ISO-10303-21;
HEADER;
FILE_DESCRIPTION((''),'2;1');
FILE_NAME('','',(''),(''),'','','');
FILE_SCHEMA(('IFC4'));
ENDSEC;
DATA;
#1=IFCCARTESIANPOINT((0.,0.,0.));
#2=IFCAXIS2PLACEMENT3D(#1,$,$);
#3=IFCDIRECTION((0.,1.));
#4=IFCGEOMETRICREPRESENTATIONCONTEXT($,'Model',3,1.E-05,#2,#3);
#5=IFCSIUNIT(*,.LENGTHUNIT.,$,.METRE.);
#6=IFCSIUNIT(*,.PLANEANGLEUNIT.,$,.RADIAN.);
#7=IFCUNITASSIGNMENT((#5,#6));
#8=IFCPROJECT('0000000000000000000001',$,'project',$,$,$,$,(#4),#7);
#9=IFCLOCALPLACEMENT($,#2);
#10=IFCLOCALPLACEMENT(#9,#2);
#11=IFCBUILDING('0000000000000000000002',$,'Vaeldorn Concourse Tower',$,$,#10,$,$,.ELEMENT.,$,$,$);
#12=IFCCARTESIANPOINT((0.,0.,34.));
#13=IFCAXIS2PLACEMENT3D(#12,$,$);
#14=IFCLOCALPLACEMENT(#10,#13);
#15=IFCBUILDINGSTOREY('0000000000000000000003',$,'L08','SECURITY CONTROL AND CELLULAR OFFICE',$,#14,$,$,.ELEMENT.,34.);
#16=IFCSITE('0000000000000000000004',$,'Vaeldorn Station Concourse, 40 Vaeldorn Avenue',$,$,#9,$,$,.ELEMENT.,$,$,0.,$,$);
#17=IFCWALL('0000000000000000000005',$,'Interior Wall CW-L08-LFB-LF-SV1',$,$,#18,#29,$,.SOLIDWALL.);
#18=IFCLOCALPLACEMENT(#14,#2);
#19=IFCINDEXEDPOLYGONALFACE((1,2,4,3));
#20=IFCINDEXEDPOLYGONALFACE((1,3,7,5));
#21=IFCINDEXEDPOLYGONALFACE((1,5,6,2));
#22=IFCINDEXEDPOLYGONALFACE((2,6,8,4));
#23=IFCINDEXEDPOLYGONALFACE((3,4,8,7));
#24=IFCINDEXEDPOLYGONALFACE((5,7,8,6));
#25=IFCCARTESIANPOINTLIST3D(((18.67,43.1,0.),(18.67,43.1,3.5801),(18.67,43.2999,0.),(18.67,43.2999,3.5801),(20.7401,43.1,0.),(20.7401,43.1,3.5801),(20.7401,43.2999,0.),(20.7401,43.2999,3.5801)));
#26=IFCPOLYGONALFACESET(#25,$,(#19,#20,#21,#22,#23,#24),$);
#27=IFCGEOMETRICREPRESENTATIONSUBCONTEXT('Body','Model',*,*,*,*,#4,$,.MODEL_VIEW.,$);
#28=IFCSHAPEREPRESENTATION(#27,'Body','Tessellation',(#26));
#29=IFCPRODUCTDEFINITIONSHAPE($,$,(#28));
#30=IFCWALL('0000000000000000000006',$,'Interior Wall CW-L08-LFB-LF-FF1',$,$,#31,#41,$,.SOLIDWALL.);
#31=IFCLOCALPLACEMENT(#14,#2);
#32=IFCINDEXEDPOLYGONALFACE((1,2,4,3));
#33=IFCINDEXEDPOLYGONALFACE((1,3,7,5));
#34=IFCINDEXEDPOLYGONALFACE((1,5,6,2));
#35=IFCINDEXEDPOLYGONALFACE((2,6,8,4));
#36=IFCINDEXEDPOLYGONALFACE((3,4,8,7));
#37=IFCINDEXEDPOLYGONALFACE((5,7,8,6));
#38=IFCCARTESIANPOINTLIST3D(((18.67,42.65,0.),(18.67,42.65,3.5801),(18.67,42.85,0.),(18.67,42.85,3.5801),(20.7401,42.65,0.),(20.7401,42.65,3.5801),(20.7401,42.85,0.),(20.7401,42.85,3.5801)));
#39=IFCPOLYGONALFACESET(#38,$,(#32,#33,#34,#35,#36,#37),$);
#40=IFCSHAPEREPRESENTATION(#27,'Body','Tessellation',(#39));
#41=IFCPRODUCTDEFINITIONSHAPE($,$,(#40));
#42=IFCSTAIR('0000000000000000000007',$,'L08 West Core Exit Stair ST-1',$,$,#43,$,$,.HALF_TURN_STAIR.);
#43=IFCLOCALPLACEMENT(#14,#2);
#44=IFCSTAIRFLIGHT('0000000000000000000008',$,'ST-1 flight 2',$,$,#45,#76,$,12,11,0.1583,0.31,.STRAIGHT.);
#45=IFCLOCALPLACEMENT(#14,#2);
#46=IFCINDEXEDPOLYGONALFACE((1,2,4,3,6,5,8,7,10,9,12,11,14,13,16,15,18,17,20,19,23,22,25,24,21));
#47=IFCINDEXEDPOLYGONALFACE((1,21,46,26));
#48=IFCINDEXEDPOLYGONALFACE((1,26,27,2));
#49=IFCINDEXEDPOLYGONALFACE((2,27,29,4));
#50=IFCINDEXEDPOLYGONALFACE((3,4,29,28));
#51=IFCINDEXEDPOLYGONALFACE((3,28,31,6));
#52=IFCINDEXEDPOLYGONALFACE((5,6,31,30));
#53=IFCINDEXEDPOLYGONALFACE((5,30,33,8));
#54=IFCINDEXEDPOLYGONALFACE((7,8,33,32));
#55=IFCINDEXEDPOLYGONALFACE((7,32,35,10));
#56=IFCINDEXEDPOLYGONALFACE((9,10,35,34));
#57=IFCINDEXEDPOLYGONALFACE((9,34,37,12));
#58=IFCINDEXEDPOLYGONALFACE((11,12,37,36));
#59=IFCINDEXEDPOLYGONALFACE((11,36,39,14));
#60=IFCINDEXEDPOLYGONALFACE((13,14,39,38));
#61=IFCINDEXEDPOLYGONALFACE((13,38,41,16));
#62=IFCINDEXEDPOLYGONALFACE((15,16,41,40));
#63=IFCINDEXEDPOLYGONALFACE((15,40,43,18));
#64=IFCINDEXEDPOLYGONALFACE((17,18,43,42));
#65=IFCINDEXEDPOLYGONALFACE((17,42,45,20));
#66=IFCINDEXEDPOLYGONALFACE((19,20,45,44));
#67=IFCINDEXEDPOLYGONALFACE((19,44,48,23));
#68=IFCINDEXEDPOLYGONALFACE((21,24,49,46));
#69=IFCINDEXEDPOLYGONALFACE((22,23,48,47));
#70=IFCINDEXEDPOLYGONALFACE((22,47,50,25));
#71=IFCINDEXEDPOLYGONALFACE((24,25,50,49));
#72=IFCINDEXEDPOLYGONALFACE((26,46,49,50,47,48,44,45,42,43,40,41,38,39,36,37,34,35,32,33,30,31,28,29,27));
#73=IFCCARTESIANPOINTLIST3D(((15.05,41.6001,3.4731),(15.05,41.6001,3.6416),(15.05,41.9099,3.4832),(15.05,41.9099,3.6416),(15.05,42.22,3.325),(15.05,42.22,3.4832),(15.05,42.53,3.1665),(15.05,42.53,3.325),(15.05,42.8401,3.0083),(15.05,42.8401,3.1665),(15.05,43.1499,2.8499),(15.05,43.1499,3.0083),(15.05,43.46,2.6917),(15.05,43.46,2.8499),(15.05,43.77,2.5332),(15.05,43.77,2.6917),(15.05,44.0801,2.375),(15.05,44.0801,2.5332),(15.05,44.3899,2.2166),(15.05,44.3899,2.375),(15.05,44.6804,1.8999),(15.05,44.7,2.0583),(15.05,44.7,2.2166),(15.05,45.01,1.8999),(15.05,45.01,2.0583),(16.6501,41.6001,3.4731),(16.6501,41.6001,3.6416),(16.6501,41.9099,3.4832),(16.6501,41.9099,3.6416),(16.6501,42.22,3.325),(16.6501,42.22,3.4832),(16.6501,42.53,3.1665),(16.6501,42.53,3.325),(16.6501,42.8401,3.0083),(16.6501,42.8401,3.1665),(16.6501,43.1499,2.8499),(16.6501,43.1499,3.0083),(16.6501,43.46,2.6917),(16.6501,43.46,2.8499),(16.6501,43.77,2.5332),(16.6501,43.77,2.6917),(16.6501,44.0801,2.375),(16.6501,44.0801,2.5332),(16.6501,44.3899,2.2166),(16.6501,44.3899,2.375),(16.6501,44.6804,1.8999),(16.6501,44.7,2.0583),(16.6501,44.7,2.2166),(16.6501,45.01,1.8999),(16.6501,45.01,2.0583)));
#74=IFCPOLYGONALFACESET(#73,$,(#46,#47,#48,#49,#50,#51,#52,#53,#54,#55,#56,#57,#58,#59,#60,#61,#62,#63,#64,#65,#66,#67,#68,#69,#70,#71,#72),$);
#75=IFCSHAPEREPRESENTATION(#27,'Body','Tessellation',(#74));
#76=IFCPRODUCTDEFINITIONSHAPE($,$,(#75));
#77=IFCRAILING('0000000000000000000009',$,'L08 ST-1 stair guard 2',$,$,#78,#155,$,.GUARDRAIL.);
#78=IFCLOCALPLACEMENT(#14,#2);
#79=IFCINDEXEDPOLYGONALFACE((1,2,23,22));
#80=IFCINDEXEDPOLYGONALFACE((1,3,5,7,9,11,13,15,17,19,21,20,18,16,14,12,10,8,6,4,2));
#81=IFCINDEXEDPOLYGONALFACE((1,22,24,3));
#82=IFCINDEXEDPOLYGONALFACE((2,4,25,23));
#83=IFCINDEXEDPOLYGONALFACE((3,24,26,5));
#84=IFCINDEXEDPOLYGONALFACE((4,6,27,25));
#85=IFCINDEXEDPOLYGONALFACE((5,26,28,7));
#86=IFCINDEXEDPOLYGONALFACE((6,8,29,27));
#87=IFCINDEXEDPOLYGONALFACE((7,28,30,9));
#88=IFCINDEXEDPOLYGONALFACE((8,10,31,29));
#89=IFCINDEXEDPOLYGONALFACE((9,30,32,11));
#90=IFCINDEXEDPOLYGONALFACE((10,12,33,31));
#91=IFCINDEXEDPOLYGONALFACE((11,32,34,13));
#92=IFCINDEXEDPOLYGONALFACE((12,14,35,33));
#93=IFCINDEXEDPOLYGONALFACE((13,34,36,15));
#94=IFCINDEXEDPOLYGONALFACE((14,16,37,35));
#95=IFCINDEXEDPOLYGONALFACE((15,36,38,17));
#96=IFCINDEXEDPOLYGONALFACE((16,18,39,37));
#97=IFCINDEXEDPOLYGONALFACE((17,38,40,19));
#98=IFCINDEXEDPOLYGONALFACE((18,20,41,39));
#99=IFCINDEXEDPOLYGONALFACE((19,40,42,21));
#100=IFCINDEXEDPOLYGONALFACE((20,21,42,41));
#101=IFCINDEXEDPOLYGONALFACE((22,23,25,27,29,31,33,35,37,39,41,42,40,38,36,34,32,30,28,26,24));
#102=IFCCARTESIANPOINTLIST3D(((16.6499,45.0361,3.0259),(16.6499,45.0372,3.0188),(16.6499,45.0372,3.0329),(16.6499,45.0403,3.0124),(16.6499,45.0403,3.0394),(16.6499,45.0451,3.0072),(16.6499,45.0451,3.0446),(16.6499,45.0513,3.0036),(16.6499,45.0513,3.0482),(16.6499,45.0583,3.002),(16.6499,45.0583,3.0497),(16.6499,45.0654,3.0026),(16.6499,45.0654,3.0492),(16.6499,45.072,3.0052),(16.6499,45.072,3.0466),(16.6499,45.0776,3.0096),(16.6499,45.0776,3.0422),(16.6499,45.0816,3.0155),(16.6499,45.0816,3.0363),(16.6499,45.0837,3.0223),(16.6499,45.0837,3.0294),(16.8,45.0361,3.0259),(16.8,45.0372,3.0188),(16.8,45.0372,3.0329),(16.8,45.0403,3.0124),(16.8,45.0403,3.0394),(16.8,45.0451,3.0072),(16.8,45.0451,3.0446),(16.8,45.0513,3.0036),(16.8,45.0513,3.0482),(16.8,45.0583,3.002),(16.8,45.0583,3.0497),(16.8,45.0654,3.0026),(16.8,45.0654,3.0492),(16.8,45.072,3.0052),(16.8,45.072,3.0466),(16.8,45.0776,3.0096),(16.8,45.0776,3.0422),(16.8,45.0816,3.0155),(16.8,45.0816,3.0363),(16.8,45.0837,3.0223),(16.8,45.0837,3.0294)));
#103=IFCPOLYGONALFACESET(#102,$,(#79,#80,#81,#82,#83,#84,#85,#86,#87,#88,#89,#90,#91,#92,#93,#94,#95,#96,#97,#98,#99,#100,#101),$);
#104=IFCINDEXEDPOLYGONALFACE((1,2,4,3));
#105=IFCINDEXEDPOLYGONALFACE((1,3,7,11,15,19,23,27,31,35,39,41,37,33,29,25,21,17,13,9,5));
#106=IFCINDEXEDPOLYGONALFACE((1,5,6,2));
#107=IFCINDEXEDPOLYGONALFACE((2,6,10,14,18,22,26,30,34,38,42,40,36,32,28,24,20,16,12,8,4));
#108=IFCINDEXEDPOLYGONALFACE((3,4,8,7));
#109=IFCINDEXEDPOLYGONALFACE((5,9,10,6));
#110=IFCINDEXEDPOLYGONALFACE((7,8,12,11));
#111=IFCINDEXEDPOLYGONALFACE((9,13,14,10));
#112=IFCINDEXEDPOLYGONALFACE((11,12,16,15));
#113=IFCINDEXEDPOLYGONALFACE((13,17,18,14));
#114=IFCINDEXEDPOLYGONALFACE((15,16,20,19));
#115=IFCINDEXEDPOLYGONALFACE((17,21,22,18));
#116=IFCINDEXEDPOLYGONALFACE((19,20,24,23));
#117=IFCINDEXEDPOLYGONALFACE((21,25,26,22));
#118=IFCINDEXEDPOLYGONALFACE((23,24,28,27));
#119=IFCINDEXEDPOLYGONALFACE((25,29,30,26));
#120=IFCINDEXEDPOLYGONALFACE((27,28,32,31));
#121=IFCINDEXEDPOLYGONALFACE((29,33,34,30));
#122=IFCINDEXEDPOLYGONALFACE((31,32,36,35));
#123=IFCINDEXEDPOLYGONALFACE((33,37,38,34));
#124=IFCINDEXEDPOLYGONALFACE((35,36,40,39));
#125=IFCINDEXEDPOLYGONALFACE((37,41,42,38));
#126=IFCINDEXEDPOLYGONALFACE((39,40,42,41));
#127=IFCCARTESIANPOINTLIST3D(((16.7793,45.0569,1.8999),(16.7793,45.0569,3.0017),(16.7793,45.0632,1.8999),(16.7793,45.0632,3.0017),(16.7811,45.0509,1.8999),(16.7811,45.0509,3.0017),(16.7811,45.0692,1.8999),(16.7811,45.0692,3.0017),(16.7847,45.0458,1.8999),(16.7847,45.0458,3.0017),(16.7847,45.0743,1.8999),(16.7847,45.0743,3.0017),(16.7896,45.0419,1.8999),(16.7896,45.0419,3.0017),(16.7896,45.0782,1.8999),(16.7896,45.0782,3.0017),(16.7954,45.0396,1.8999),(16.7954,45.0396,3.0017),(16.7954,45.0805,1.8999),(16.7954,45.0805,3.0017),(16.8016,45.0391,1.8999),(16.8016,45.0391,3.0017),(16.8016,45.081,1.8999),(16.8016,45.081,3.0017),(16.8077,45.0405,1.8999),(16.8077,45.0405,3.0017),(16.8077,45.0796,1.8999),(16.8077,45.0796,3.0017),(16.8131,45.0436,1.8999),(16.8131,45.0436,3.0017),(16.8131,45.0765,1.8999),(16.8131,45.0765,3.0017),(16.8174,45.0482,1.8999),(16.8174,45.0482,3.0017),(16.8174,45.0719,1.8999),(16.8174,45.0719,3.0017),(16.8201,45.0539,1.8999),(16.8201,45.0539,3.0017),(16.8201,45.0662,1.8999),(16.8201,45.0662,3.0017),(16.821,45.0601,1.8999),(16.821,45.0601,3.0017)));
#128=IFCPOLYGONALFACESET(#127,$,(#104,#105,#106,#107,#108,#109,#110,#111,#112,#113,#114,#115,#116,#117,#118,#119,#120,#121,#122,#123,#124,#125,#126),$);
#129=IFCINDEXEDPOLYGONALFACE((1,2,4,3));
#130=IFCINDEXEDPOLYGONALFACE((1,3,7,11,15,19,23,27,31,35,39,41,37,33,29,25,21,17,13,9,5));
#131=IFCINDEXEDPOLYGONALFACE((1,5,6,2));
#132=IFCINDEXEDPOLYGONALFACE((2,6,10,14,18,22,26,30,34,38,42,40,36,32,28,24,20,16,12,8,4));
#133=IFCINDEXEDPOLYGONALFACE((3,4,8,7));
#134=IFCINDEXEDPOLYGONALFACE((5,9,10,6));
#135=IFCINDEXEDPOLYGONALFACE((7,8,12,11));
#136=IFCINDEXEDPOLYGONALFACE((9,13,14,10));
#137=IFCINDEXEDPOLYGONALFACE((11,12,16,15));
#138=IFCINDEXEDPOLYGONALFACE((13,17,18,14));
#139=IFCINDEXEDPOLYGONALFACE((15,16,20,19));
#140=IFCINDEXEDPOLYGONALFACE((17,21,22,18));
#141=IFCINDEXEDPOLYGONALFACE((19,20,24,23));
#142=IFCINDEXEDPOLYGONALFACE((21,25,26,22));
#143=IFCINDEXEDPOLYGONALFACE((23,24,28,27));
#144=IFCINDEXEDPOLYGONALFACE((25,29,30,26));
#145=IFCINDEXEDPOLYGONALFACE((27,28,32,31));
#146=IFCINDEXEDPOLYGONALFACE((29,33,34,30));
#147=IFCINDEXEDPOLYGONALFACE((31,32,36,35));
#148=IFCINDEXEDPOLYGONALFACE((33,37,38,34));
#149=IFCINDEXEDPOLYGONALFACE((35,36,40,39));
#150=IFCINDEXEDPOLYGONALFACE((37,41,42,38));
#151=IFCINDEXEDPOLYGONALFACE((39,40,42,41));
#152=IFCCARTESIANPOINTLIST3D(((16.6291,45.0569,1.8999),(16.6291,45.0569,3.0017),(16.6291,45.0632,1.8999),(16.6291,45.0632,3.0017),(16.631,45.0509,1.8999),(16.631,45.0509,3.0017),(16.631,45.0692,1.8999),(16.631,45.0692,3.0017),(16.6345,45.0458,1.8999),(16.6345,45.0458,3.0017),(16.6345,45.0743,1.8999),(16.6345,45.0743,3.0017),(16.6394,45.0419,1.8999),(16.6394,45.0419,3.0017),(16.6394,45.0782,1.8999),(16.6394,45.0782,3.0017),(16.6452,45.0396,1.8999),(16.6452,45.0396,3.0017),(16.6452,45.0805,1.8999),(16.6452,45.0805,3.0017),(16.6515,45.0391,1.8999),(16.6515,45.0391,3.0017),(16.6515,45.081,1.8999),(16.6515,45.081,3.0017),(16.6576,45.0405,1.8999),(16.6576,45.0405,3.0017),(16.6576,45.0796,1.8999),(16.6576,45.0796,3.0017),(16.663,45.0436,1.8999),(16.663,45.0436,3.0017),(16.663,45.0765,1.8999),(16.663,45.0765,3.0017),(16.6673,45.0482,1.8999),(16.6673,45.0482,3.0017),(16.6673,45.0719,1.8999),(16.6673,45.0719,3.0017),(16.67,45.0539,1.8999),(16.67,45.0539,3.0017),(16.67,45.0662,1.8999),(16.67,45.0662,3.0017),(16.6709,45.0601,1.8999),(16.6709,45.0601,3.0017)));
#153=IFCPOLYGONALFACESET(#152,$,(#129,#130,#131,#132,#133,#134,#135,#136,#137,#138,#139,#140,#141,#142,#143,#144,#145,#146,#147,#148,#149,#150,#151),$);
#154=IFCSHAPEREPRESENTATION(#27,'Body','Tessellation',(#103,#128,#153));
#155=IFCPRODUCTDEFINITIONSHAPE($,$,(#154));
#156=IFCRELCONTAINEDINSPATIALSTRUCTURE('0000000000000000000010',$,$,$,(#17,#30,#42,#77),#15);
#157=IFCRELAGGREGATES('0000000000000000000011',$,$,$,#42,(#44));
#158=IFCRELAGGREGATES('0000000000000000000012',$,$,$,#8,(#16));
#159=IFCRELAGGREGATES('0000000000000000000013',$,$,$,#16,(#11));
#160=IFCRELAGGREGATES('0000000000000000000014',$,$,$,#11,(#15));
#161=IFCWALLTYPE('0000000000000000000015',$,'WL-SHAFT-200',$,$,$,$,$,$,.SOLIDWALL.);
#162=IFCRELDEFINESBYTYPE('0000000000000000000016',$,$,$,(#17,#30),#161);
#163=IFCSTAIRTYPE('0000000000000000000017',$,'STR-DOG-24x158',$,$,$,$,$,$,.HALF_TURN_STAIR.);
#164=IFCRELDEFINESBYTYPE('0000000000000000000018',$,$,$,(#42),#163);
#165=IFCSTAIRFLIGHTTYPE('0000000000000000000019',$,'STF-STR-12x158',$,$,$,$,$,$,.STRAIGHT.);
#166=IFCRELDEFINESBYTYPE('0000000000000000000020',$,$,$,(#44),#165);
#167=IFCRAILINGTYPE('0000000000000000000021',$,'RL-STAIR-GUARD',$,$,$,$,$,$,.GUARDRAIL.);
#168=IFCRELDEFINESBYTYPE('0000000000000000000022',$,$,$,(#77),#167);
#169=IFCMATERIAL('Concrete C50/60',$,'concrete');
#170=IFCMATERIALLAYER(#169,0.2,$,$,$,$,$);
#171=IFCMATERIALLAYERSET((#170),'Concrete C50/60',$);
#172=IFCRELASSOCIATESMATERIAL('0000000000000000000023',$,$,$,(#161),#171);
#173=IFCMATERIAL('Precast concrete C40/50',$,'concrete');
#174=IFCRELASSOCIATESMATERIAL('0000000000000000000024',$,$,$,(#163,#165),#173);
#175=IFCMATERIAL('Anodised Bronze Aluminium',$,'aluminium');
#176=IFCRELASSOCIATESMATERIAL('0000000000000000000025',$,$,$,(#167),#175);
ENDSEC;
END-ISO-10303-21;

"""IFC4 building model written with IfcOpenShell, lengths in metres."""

from ifc_helpers import new_model, si_unit, direction, frame, frame_2d, origin, origin_2d, place, context, subcontext, project, spatial, polyline, rectangle, circle, outline, extrude, material, layer, layer_set, type_object, element, aggregate, save


model = new_model("IFC4")

# Units and contexts
model_context = context("Model", 3, precision=1e-05, world=origin(), true_north=direction((0.0, 1.0)))
body_context = subcontext(model_context, "Body", "Model", "MODEL_VIEW")
ifc_project = project(units=[si_unit("LENGTHUNIT", "METRE"), si_unit("PLANEANGLEUNIT", "RADIAN")], contexts=[model_context])

# Site, building, storey
site_placement = place(None, origin())
site = spatial("IfcSite", under=ifc_project, at=site_placement, Name="Vaeldorn Station Concourse, 40 Vaeldorn Avenue", CompositionType="ELEMENT", RefElevation=0.0)
building_placement = place(site_placement, origin())
building = spatial("IfcBuilding", under=site, at=building_placement, Name="Vaeldorn Concourse Tower", CompositionType="ELEMENT")
storey_placement = place(building_placement, frame((0.0, 0.0, 34.0)))
storey = spatial("IfcBuildingStorey", under=building, at=storey_placement, Name="L08", Description="SECURITY CONTROL AND CELLULAR OFFICE", CompositionType="ELEMENT", Elevation=34.0)

# Shared definitions
ifc_material_1 = material(Name="Concrete C50/60", Category="concrete")
ifc_layer_1 = layer(ifc_material_1, 0.2)
ifc_layer_set_1 = layer_set([ifc_layer_1], Name="Concrete C50/60")
wall_type_1 = type_object("IfcWallType", Name="WL-SHAFT-200", PredefinedType="SOLIDWALL", material=ifc_layer_set_1)

# Shared definitions
ifc_material_2 = material(Name="Anodised Bronze Aluminium", Category="aluminium")

# Walls
for number, where, z_axis, x_axis, name in (
    (1, (18.6699, 43.2, 0.0), (0.0, 0.0, 1.0), (1.0, 0.0, 0.0), "Interior Wall CW-L08-LFB-LF-SV1"),
    (2, (18.6699, 42.75, 0.0), (0.0, 0.0, 1.0), (1.0, 0.0, 0.0), "Interior Wall CW-L08-LFB-LF-FF1"),
):
    element("IfcWall", number, at=place(storey_placement, frame(where, z_axis=z_axis, x_axis=x_axis)), inside=storey, type_object=wall_type_1, Name=name, PredefinedType="SOLIDWALL", context=body_context, shape_type="SweptSolid", body=[
        extrude(rectangle(XDim=2.0701, YDim=0.2, at=frame_2d((1.0352, 0.0))), origin(), (0.0, 0.0, 1.0), 3.5801),
    ])

# Stair, stair flight
ifc_material_3 = material(Name="Precast concrete C40/50", Category="concrete")
stair_type = type_object("IfcStairType", Name="STR-DOG-24x158", PredefinedType="HALF_TURN_STAIR", material=ifc_material_3)
stair_placement = place(storey_placement, origin())
stair = element("IfcStair", 3, at=stair_placement, inside=storey, type_object=stair_type, Name="L08 West Core Exit Stair ST-1", PredefinedType="HALF_TURN_STAIR")
stair_flight_type = type_object("IfcStairFlightType", Name="STF-STR-12x158", PredefinedType="STRAIGHT", material=ifc_material_3)
stair_flight_placement = place(storey_placement, frame((15.8501, 45.01, 1.8999), z_axis=(0.0, 0.0, 1.0), x_axis=(0.0, -1.0, 0.0)))
stair_flight = element("IfcStairFlight", 4, at=stair_flight_placement, type_object=stair_flight_type, Name="ST-1 flight 2", NumberOfRisers=12, NumberOfTreads=11, PredefinedType="STRAIGHT", RiserHeight=0.1583, TreadLength=0.31, context=body_context, shape_type="SweptSolid", body=[
    extrude(outline(polyline([(0.0, 0.0), (0.0, 0.1584), (0.3101, 0.1584), (0.3101, 0.3167), (0.6201, 0.3167), (0.6201, 0.4751), (0.9299, 0.4751), (0.9299, 0.6333), (1.24, 0.6333), (1.24, 0.7917), (1.55, 0.7917), (1.55, 0.95), (1.8601, 0.95), (1.8601, 1.1084), (2.1699, 1.1084), (2.1699, 1.2666), (2.48, 1.2666), (2.48, 1.425), (2.79, 1.425), (2.79, 1.5833), (3.1001, 1.5833), (3.1001, 1.7417), (3.4099, 1.7417), (3.4099, 1.8999), (3.4099, 1.5732), (0.3296, 0.0), (0.0, 0.0)])), frame((0.0, 0.8, 0.0), z_axis=(0.0, -1.0, 0.0), x_axis=(1.0, 0.0, 0.0)), (0.0, 0.0, 1.0), 1.6001),
])
aggregate(stair, [stair_flight])

# Railing
railing_type_1 = type_object("IfcRailingType", Name="RL-STAIR-GUARD", PredefinedType="GUARDRAIL", material=ifc_material_2)
railing_1_placement = place(storey_placement, frame((16.8, 45.0601, 1.8999)))
element("IfcRailing", 5, at=railing_1_placement, inside=storey, type_object=railing_type_1, Name="L08 ST-1 stair guard 2", PredefinedType="GUARDRAIL", context=body_context, shape_type="SweptSolid", body=[
    extrude(circle(Radius=0.0239, at=origin_2d()), frame((0.0, 0.0, 1.126), z_axis=(-1.0, 0.0, 0.0), x_axis=(0.0, -1.0, 0.0)), (0.0, 0.0, 1.0), 0.1501),
    extrude(circle(Radius=0.021, at=origin_2d()), origin(), (0.0, 0.0, 1.0), 1.1018),
    extrude(circle(Radius=0.021, at=origin_2d()), frame((-0.1501, 0.0, 0.0)), (0.0, 0.0, 1.0), 1.1018),
])

save(model, "model.ifc")
